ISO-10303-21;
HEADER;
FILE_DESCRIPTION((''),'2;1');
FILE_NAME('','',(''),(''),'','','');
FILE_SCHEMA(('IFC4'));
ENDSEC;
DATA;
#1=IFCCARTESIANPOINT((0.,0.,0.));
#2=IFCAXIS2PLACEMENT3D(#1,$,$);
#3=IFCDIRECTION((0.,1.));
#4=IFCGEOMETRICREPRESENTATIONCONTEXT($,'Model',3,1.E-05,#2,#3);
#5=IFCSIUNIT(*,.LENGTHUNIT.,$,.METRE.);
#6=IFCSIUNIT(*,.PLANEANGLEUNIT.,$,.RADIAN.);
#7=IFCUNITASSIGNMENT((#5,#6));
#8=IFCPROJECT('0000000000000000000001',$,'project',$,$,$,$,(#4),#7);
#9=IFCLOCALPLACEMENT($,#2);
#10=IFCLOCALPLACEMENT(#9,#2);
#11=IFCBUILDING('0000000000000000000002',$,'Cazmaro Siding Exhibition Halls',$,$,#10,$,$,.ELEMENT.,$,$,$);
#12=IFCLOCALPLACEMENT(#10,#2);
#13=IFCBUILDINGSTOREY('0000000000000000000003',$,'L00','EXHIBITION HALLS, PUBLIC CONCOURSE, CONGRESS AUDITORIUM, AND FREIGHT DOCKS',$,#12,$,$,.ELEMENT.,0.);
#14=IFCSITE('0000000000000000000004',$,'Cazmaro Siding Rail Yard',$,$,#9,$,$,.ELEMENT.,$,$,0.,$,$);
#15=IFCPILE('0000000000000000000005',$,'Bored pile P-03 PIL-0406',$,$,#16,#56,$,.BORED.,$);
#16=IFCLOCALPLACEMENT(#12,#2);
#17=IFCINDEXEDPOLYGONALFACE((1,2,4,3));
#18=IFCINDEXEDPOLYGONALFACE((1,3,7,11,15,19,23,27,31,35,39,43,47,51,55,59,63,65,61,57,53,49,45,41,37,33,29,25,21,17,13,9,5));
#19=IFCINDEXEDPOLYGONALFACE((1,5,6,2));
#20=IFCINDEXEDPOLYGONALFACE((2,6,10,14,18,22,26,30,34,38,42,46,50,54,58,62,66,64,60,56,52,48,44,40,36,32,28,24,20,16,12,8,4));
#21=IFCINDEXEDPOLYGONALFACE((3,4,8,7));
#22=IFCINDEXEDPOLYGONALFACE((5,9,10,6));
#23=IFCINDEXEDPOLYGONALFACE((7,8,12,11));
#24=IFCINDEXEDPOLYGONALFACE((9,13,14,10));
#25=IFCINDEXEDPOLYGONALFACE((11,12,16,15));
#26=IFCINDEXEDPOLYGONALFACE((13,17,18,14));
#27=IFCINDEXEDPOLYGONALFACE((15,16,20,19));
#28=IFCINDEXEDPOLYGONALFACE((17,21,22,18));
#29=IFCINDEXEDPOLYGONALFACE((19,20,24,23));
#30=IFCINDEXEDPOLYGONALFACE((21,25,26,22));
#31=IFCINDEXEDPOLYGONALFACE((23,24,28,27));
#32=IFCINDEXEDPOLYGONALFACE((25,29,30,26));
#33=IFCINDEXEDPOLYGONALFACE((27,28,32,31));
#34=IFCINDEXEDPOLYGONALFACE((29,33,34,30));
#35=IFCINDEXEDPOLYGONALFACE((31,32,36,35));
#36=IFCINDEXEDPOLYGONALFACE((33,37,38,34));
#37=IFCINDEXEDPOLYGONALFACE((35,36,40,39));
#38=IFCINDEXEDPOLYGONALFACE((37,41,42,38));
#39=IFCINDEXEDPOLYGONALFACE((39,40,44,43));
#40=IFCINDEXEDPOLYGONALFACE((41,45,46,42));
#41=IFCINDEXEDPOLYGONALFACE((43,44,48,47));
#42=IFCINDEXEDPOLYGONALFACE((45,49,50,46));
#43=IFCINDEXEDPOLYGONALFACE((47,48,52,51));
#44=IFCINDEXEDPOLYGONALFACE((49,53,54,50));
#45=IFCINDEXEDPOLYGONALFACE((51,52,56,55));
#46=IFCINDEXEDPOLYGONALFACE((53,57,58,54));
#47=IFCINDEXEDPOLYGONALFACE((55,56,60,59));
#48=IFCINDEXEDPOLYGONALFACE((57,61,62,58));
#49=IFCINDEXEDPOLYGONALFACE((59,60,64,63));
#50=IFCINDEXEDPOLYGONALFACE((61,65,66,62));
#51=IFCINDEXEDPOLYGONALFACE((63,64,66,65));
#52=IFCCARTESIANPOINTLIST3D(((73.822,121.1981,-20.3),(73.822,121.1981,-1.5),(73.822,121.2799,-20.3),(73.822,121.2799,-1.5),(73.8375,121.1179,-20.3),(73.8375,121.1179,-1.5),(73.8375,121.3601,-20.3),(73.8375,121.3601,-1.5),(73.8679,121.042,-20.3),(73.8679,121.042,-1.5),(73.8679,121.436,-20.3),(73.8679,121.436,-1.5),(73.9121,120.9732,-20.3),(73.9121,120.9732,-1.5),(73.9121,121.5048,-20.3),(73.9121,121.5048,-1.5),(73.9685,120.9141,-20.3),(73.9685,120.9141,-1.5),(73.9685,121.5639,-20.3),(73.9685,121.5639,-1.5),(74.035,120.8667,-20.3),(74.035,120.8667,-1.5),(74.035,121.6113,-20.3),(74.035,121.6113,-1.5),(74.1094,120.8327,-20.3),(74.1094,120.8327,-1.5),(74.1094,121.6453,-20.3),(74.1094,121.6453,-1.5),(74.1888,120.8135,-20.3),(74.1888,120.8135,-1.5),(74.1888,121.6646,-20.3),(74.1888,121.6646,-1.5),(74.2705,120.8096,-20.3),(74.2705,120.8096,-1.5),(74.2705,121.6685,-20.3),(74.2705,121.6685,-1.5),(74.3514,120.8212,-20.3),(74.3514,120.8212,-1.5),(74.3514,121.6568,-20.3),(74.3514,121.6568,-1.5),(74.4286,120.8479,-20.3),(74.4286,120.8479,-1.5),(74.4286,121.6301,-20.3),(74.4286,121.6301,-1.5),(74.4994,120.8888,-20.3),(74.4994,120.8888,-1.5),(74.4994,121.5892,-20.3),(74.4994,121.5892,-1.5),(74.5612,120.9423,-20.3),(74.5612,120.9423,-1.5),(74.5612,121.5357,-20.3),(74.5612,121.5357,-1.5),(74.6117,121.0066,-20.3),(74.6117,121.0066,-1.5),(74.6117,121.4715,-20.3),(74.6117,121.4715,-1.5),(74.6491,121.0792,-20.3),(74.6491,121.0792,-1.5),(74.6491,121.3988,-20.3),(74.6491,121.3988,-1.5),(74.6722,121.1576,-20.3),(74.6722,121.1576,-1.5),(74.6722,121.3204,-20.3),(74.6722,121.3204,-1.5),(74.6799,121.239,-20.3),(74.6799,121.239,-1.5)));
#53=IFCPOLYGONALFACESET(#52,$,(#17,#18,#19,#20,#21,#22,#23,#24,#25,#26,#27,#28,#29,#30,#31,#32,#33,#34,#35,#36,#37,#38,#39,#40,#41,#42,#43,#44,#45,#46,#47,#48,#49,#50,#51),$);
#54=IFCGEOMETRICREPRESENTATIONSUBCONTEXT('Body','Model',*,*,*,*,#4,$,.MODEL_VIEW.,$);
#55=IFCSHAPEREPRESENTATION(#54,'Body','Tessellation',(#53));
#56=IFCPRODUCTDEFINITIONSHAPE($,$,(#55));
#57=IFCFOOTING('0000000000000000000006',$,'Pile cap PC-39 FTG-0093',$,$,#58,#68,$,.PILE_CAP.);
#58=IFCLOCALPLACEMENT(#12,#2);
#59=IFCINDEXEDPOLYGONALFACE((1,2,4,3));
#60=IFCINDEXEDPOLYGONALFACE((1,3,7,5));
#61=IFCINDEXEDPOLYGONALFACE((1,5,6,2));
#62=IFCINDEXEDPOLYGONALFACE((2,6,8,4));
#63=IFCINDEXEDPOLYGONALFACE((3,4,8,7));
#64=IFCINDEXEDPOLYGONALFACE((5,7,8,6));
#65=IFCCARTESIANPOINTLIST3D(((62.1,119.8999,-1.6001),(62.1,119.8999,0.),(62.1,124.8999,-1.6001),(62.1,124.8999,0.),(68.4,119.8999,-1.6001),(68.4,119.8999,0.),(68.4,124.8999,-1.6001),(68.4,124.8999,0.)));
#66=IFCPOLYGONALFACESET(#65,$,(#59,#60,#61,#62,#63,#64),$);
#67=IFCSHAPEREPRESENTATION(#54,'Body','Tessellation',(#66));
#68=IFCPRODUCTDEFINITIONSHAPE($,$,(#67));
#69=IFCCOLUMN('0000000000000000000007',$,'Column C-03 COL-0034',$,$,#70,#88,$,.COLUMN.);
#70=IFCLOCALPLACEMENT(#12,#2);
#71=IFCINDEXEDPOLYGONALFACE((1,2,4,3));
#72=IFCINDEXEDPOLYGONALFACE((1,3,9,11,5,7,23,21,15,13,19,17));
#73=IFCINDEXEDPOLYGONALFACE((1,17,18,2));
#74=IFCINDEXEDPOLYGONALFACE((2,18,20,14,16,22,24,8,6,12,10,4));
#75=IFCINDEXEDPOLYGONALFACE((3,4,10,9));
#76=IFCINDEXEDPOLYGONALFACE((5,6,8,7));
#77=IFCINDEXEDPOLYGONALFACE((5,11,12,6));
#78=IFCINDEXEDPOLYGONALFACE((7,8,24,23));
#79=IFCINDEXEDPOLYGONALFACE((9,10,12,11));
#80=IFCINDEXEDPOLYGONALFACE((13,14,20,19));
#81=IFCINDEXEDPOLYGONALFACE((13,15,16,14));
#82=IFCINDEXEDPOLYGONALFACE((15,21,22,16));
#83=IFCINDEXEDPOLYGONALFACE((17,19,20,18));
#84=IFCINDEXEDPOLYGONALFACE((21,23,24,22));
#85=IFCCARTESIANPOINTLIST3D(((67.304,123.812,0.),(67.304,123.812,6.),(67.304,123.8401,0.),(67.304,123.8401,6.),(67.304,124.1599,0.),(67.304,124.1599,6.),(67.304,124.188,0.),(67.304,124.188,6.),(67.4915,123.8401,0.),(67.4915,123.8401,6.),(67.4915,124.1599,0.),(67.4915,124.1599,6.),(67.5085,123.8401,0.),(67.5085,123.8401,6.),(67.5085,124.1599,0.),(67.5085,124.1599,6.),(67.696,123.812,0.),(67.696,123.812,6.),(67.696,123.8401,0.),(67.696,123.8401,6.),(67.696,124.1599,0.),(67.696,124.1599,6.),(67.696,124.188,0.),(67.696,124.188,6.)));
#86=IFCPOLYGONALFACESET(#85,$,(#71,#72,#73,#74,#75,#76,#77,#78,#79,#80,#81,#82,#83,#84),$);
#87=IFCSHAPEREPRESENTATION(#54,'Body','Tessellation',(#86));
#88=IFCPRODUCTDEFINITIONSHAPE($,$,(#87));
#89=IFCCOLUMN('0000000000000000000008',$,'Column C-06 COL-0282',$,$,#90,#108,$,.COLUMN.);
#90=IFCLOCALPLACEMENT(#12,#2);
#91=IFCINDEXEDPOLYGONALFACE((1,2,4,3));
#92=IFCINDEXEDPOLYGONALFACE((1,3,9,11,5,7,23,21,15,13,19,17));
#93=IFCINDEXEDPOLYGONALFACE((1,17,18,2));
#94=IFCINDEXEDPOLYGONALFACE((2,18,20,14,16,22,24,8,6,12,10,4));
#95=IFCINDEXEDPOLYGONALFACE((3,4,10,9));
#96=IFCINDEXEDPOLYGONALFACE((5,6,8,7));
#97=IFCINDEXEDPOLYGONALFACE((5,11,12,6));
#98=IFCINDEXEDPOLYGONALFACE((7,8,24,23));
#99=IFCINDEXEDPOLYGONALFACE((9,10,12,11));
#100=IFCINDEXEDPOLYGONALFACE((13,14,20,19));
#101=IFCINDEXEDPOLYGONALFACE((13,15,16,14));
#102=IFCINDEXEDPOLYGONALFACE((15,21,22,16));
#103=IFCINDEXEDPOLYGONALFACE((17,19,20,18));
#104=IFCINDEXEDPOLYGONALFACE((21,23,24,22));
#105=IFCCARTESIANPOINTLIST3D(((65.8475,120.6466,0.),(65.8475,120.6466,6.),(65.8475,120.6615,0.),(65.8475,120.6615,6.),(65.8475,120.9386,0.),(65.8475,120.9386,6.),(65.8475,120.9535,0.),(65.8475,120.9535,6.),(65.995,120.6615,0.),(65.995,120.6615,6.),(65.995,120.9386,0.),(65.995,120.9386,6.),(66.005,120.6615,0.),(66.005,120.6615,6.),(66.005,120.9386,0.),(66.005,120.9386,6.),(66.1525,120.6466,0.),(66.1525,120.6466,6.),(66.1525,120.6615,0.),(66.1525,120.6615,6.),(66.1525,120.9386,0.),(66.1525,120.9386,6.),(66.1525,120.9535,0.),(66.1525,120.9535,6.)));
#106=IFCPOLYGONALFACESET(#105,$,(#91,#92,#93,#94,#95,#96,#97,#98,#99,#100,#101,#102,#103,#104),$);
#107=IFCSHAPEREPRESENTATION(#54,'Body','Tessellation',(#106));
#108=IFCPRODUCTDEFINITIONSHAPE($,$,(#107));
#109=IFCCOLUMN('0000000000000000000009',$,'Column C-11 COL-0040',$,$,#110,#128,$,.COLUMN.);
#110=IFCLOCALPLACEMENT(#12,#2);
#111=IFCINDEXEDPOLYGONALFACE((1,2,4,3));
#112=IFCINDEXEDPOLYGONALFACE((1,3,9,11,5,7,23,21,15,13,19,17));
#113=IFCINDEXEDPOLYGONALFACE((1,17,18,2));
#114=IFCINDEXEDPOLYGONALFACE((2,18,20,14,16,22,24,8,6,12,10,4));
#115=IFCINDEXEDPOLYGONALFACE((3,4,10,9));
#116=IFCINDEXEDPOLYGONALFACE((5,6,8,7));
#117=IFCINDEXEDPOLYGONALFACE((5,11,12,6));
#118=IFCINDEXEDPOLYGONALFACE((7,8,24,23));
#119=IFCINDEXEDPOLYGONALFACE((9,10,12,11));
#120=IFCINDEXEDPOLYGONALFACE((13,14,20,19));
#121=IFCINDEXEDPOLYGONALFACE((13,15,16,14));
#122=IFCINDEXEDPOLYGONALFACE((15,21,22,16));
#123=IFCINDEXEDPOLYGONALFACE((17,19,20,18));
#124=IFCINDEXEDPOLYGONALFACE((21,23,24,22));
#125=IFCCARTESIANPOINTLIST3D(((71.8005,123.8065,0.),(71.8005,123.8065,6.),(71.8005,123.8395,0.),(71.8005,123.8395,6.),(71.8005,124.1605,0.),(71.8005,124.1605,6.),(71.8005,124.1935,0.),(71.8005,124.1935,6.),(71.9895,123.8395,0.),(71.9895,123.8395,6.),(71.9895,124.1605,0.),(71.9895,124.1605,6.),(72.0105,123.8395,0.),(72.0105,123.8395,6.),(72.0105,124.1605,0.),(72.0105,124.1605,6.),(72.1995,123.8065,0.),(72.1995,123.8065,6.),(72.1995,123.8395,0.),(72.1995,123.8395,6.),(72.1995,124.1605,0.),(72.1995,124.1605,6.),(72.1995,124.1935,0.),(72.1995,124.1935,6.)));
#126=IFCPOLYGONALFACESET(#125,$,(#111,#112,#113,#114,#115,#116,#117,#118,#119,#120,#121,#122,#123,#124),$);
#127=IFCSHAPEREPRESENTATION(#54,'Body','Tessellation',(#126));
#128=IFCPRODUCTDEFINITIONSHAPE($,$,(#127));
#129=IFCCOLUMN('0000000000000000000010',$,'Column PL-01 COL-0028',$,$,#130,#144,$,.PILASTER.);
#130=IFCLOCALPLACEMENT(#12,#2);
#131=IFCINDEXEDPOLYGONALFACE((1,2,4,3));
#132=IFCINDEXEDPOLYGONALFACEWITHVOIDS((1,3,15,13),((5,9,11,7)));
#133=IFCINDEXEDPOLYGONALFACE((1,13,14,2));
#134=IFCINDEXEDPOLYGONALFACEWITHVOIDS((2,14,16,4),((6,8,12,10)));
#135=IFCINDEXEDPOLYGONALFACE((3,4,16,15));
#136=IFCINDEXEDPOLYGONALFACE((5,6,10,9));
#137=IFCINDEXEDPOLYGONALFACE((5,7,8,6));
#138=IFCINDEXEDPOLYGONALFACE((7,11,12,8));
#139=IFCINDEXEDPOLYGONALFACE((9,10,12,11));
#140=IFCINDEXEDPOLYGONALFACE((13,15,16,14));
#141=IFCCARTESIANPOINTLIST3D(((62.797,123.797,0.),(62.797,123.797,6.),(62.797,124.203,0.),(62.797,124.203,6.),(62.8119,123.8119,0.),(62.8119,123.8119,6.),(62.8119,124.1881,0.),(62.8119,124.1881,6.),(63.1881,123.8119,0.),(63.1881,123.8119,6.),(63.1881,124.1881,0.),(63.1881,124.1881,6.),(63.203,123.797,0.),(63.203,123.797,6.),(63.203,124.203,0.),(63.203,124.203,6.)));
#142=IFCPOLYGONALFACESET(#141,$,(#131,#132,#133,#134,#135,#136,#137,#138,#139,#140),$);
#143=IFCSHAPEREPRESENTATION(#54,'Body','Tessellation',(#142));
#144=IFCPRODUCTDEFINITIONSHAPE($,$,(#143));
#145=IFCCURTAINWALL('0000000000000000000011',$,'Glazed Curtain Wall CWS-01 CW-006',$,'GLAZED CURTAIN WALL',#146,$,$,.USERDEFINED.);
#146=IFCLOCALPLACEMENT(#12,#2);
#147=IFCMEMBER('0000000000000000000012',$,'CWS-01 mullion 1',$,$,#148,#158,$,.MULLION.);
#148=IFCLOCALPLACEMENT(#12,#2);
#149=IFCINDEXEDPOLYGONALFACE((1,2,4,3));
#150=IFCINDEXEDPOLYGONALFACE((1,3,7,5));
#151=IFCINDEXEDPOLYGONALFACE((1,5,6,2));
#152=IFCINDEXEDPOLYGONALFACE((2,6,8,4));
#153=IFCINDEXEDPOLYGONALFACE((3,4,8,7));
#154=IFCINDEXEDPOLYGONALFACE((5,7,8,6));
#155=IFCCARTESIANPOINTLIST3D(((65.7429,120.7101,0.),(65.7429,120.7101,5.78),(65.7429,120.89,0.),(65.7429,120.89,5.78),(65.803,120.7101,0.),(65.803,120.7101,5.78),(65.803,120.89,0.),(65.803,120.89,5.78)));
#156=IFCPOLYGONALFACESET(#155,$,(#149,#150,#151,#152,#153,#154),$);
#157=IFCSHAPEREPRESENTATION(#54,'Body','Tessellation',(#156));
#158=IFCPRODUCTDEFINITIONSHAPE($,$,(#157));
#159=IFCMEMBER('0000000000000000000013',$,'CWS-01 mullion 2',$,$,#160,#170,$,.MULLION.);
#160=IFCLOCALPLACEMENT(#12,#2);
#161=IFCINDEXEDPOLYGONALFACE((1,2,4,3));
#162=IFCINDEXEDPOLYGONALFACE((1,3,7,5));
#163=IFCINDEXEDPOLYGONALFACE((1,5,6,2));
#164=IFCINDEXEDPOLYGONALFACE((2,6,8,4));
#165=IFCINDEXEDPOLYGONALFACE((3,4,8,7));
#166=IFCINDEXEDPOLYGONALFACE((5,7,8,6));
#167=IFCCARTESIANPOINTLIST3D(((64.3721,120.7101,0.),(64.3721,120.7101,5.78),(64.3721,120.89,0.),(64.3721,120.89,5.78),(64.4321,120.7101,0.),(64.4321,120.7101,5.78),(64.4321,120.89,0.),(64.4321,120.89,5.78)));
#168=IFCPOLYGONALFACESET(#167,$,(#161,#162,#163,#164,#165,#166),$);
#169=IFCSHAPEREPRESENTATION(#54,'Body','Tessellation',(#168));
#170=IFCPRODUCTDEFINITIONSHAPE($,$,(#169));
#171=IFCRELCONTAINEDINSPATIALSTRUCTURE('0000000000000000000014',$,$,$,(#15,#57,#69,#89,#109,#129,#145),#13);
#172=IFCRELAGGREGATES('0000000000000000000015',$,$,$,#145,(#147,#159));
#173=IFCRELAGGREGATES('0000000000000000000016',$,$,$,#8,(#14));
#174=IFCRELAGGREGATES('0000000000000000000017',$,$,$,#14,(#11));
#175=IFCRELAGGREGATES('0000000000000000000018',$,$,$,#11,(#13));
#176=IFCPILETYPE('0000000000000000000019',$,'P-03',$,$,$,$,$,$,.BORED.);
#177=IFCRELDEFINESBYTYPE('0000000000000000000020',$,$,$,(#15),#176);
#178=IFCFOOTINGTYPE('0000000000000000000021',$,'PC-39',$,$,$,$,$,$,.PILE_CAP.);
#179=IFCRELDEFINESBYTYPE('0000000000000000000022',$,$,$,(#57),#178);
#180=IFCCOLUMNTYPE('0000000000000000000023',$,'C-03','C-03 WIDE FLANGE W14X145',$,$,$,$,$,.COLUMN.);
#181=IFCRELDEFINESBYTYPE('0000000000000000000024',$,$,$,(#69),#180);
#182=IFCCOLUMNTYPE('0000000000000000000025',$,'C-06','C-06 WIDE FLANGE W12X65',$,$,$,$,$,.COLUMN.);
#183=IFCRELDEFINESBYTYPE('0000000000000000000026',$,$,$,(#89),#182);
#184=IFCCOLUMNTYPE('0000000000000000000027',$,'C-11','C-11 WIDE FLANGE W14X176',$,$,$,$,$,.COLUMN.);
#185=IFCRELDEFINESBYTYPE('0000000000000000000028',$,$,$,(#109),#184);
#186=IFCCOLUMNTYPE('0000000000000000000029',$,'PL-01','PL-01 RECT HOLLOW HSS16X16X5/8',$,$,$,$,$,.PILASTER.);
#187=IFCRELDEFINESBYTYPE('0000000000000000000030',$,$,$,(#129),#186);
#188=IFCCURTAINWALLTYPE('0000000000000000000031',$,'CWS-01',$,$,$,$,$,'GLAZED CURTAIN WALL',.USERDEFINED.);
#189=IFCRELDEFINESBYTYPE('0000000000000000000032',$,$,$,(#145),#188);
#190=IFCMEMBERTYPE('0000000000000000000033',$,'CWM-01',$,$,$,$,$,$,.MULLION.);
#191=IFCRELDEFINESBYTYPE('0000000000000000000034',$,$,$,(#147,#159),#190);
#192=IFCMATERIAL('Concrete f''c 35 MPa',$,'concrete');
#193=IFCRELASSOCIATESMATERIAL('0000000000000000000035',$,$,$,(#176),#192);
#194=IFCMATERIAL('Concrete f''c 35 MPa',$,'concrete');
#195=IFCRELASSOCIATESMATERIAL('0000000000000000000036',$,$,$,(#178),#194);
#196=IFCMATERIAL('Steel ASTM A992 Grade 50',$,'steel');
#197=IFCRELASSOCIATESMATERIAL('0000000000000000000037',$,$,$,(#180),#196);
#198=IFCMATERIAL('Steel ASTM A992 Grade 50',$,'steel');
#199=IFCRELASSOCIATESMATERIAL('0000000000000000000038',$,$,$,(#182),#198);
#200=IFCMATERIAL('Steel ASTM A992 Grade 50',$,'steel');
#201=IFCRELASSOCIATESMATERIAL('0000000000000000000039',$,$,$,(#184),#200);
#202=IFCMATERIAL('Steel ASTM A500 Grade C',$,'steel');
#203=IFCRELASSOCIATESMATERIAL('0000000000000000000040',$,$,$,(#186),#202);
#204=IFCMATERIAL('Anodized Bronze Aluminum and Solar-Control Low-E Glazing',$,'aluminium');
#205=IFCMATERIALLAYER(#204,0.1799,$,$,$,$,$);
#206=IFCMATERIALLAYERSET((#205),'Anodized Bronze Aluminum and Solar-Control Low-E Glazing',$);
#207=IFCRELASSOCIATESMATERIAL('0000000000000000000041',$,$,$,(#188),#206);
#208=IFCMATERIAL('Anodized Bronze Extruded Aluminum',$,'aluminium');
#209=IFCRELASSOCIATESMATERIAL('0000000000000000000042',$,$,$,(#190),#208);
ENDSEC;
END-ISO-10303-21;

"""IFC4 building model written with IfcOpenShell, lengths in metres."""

from ifc_helpers import new_model, si_unit, direction, frame, origin, origin_2d, place, context, subcontext, project, spatial, rectangle, hollow_rectangle, circle, i_section, extrude, material, layer, layer_set, material_profile, profile_set, type_object, element, aggregate, save


model = new_model("IFC4")

# Units and contexts
model_context = context("Model", 3, precision=1e-05, world=origin(), true_north=direction((0.0, 1.0)))
body_context = subcontext(model_context, "Body", "Model", "MODEL_VIEW")
ifc_project = project(units=[si_unit("LENGTHUNIT", "METRE"), si_unit("PLANEANGLEUNIT", "RADIAN")], contexts=[model_context])

# Site, building, storey
site_placement = place(None, origin())
site = spatial("IfcSite", under=ifc_project, at=site_placement, Name="Cazmaro Siding Rail Yard", CompositionType="ELEMENT", RefElevation=0.0)
building_placement = place(site_placement, origin())
building = spatial("IfcBuilding", under=site, at=building_placement, Name="Cazmaro Siding Exhibition Halls", CompositionType="ELEMENT")
storey_placement = place(building_placement, origin())
storey = spatial("IfcBuildingStorey", under=building, at=storey_placement, Name="L00", Description="EXHIBITION HALLS, PUBLIC CONCOURSE, CONGRESS AUDITORIUM, AND FREIGHT DOCKS", CompositionType="ELEMENT", Elevation=0.0)

# Pile
ifc_material_1 = material(Name="Concrete f'c 35 MPa", Category="concrete")
ifc_material_profile_1 = material_profile(ifc_material_1, circle(Radius=0.4299, at=origin_2d()), Name="CIDH-860")
ifc_profile_set_1 = profile_set([ifc_material_profile_1], Name="Concrete f'c 35 MPa")
pile_type = type_object("IfcPileType", Name="P-03", PredefinedType="BORED", material=ifc_profile_set_1)
for number, where, z_axis, x_axis, name in (
    (1, (74.25, 121.239, -1.5), (0.0, 0.0, -1.0), (1.0, 0.0, 0.0), "Bored pile P-03 PIL-0406"),
):
    element("IfcPile", number, at=place(storey_placement, frame(where, z_axis=z_axis, x_axis=x_axis)), inside=storey, type_object=pile_type, Name=name, PredefinedType="BORED", context=body_context, shape_type="SweptSolid", body=[
        extrude(circle(Radius=0.4299, at=origin_2d()), origin(), (0.0, 0.0, 1.0), 18.8),
    ])

# Footing
ifc_material_2 = material(Name="Concrete f'c 35 MPa", Category="concrete")
footing_type = type_object("IfcFootingType", Name="PC-39", PredefinedType="PILE_CAP", material=ifc_material_2)
footing_placement = place(storey_placement, frame((65.25, 122.3999, -1.6001), z_axis=(0.0, 0.0, 1.0), x_axis=(1.0, 0.0, 0.0)))
element("IfcFooting", 2, at=footing_placement, inside=storey, type_object=footing_type, Name="Pile cap PC-39 FTG-0093", PredefinedType="PILE_CAP", context=body_context, shape_type="SweptSolid", body=[
    extrude(rectangle(XDim=6.3, YDim=5.0, at=origin_2d()), origin(), (0.0, 0.0, 1.0), 1.6001),
])

# Columns
ifc_material_3 = material(Name="Steel ASTM A992 Grade 50", Category="steel")
ifc_material_profile_2 = material_profile(ifc_material_3, i_section(OverallWidth=0.3921, OverallDepth=0.376, WebThickness=0.0171, FlangeThickness=0.0281, at=origin_2d()), Name="W14X145")
ifc_profile_set_2 = profile_set([ifc_material_profile_2], Name="Steel ASTM A992 Grade 50")
column_type_1 = type_object("IfcColumnType", Name="C-03", Description="C-03 WIDE FLANGE W14X145", PredefinedType="COLUMN", material=ifc_profile_set_2)
column_1_placement = place(storey_placement, frame((67.5, 124.0, 0.0), z_axis=(0.0, 0.0, 1.0), x_axis=(1.0, 0.0, 0.0)))
element("IfcColumn", 3, at=column_1_placement, inside=storey, type_object=column_type_1, Name="Column C-03 COL-0034", PredefinedType="COLUMN", context=body_context, shape_type="SweptSolid", body=[
    extrude(i_section(OverallWidth=0.3921, OverallDepth=0.376, WebThickness=0.0171, FlangeThickness=0.0281, at=origin_2d()), origin(), (0.0, 0.0, 1.0), 6.0),
])
ifc_material_4 = material(Name="Steel ASTM A992 Grade 50", Category="steel")
ifc_material_profile_3 = material_profile(ifc_material_4, i_section(OverallWidth=0.3049, OverallDepth=0.3069, WebThickness=0.01, FlangeThickness=0.0149, at=origin_2d()), Name="W12X65")
ifc_profile_set_3 = profile_set([ifc_material_profile_3], Name="Steel ASTM A992 Grade 50")
column_type_2 = type_object("IfcColumnType", Name="C-06", Description="C-06 WIDE FLANGE W12X65", PredefinedType="COLUMN", material=ifc_profile_set_3)
column_2_placement = place(storey_placement, frame((66.0, 120.8, 0.0), z_axis=(0.0, 0.0, 1.0), x_axis=(1.0, 0.0, 0.0)))
element("IfcColumn", 4, at=column_2_placement, inside=storey, type_object=column_type_2, Name="Column C-06 COL-0282", PredefinedType="COLUMN", context=body_context, shape_type="SweptSolid", body=[
    extrude(i_section(OverallWidth=0.3049, OverallDepth=0.3069, WebThickness=0.01, FlangeThickness=0.0149, at=origin_2d()), origin(), (0.0, 0.0, 1.0), 6.0),
])
ifc_material_5 = material(Name="Steel ASTM A992 Grade 50", Category="steel")
ifc_material_profile_4 = material_profile(ifc_material_5, i_section(OverallWidth=0.3989, OverallDepth=0.387, WebThickness=0.021, FlangeThickness=0.033, at=origin_2d()), Name="W14X176")
ifc_profile_set_4 = profile_set([ifc_material_profile_4], Name="Steel ASTM A992 Grade 50")
column_type_3 = type_object("IfcColumnType", Name="C-11", Description="C-11 WIDE FLANGE W14X176", PredefinedType="COLUMN", material=ifc_profile_set_4)
column_3_placement = place(storey_placement, frame((72.0, 124.0, 0.0), z_axis=(0.0, 0.0, 1.0), x_axis=(1.0, 0.0, 0.0)))
element("IfcColumn", 5, at=column_3_placement, inside=storey, type_object=column_type_3, Name="Column C-11 COL-0040", PredefinedType="COLUMN", context=body_context, shape_type="SweptSolid", body=[
    extrude(i_section(OverallWidth=0.3989, OverallDepth=0.387, WebThickness=0.021, FlangeThickness=0.033, at=origin_2d()), origin(), (0.0, 0.0, 1.0), 6.0),
])
ifc_material_6 = material(Name="Steel ASTM A500 Grade C", Category="steel")
ifc_material_profile_5 = material_profile(ifc_material_6, hollow_rectangle(XDim=0.406, YDim=0.406, WallThickness=0.0149, at=origin_2d()), Name="HSS16X16X5/8")
ifc_profile_set_5 = profile_set([ifc_material_profile_5], Name="Steel ASTM A500 Grade C")
column_type_4 = type_object("IfcColumnType", Name="PL-01", Description="PL-01 RECT HOLLOW HSS16X16X5/8", PredefinedType="PILASTER", material=ifc_profile_set_5)
column_4_placement = place(storey_placement, frame((63.0, 124.0, 0.0), z_axis=(0.0, 0.0, 1.0), x_axis=(1.0, 0.0, 0.0)))
element("IfcColumn", 6, at=column_4_placement, inside=storey, type_object=column_type_4, Name="Column PL-01 COL-0028", PredefinedType="PILASTER", context=body_context, shape_type="SweptSolid", body=[
    extrude(hollow_rectangle(XDim=0.406, YDim=0.406, WallThickness=0.0149, at=origin_2d()), origin(), (0.0, 0.0, 1.0), 6.0),
])

# Curtain wall, members
ifc_material_7 = material(Name="Anodized Bronze Aluminum and Solar-Control Low-E Glazing", Category="aluminium")
ifc_layer_1 = layer(ifc_material_7, 0.1799)
ifc_layer_set_1 = layer_set([ifc_layer_1], Name="Anodized Bronze Aluminum and Solar-Control Low-E Glazing")
curtain_wall_type = type_object("IfcCurtainWallType", Name="CWS-01", ElementType="GLAZED CURTAIN WALL", PredefinedType="USERDEFINED", material=ifc_layer_set_1)
curtain_wall_placement = place(storey_placement, origin())
curtain_wall = element("IfcCurtainWall", 7, at=curtain_wall_placement, inside=storey, type_object=curtain_wall_type, Name="Glazed Curtain Wall CWS-01 CW-006", ObjectType="GLAZED CURTAIN WALL", PredefinedType="USERDEFINED")
ifc_material_8 = material(Name="Anodized Bronze Extruded Aluminum", Category="aluminium")
ifc_material_profile_6 = material_profile(ifc_material_8, rectangle(XDim=0.1799, YDim=0.0601, at=origin_2d()), Name="CWM-01")
ifc_profile_set_6 = profile_set([ifc_material_profile_6], Name="Anodized Bronze Extruded Aluminum")
member_type_1 = type_object("IfcMemberType", Name="CWM-01", PredefinedType="MULLION", material=ifc_profile_set_6)
member_1_placement = place(storey_placement, frame((65.7729, 120.8, 0.0), z_axis=(0.0, 0.0, 1.0), x_axis=(0.0, -1.0, 0.0)))
member_1 = element("IfcMember", 8, at=member_1_placement, type_object=member_type_1, Name="CWS-01 mullion 1", PredefinedType="MULLION", context=body_context, shape_type="SweptSolid", body=[
    extrude(rectangle(XDim=0.1799, YDim=0.0601, at=origin_2d()), origin(), (0.0, 0.0, 1.0), 5.78),
])
member_2_placement = place(storey_placement, frame((64.4021, 120.8, 0.0), z_axis=(0.0, 0.0, 1.0), x_axis=(0.0, -1.0, 0.0)))
member_2 = element("IfcMember", 9, at=member_2_placement, type_object=member_type_1, Name="CWS-01 mullion 2", PredefinedType="MULLION", context=body_context, shape_type="SweptSolid", body=[
    extrude(rectangle(XDim=0.1799, YDim=0.0601, at=origin_2d()), origin(), (0.0, 0.0, 1.0), 5.78),
])
aggregate(curtain_wall, [member_1, member_2])

save(model, "model.ifc")
